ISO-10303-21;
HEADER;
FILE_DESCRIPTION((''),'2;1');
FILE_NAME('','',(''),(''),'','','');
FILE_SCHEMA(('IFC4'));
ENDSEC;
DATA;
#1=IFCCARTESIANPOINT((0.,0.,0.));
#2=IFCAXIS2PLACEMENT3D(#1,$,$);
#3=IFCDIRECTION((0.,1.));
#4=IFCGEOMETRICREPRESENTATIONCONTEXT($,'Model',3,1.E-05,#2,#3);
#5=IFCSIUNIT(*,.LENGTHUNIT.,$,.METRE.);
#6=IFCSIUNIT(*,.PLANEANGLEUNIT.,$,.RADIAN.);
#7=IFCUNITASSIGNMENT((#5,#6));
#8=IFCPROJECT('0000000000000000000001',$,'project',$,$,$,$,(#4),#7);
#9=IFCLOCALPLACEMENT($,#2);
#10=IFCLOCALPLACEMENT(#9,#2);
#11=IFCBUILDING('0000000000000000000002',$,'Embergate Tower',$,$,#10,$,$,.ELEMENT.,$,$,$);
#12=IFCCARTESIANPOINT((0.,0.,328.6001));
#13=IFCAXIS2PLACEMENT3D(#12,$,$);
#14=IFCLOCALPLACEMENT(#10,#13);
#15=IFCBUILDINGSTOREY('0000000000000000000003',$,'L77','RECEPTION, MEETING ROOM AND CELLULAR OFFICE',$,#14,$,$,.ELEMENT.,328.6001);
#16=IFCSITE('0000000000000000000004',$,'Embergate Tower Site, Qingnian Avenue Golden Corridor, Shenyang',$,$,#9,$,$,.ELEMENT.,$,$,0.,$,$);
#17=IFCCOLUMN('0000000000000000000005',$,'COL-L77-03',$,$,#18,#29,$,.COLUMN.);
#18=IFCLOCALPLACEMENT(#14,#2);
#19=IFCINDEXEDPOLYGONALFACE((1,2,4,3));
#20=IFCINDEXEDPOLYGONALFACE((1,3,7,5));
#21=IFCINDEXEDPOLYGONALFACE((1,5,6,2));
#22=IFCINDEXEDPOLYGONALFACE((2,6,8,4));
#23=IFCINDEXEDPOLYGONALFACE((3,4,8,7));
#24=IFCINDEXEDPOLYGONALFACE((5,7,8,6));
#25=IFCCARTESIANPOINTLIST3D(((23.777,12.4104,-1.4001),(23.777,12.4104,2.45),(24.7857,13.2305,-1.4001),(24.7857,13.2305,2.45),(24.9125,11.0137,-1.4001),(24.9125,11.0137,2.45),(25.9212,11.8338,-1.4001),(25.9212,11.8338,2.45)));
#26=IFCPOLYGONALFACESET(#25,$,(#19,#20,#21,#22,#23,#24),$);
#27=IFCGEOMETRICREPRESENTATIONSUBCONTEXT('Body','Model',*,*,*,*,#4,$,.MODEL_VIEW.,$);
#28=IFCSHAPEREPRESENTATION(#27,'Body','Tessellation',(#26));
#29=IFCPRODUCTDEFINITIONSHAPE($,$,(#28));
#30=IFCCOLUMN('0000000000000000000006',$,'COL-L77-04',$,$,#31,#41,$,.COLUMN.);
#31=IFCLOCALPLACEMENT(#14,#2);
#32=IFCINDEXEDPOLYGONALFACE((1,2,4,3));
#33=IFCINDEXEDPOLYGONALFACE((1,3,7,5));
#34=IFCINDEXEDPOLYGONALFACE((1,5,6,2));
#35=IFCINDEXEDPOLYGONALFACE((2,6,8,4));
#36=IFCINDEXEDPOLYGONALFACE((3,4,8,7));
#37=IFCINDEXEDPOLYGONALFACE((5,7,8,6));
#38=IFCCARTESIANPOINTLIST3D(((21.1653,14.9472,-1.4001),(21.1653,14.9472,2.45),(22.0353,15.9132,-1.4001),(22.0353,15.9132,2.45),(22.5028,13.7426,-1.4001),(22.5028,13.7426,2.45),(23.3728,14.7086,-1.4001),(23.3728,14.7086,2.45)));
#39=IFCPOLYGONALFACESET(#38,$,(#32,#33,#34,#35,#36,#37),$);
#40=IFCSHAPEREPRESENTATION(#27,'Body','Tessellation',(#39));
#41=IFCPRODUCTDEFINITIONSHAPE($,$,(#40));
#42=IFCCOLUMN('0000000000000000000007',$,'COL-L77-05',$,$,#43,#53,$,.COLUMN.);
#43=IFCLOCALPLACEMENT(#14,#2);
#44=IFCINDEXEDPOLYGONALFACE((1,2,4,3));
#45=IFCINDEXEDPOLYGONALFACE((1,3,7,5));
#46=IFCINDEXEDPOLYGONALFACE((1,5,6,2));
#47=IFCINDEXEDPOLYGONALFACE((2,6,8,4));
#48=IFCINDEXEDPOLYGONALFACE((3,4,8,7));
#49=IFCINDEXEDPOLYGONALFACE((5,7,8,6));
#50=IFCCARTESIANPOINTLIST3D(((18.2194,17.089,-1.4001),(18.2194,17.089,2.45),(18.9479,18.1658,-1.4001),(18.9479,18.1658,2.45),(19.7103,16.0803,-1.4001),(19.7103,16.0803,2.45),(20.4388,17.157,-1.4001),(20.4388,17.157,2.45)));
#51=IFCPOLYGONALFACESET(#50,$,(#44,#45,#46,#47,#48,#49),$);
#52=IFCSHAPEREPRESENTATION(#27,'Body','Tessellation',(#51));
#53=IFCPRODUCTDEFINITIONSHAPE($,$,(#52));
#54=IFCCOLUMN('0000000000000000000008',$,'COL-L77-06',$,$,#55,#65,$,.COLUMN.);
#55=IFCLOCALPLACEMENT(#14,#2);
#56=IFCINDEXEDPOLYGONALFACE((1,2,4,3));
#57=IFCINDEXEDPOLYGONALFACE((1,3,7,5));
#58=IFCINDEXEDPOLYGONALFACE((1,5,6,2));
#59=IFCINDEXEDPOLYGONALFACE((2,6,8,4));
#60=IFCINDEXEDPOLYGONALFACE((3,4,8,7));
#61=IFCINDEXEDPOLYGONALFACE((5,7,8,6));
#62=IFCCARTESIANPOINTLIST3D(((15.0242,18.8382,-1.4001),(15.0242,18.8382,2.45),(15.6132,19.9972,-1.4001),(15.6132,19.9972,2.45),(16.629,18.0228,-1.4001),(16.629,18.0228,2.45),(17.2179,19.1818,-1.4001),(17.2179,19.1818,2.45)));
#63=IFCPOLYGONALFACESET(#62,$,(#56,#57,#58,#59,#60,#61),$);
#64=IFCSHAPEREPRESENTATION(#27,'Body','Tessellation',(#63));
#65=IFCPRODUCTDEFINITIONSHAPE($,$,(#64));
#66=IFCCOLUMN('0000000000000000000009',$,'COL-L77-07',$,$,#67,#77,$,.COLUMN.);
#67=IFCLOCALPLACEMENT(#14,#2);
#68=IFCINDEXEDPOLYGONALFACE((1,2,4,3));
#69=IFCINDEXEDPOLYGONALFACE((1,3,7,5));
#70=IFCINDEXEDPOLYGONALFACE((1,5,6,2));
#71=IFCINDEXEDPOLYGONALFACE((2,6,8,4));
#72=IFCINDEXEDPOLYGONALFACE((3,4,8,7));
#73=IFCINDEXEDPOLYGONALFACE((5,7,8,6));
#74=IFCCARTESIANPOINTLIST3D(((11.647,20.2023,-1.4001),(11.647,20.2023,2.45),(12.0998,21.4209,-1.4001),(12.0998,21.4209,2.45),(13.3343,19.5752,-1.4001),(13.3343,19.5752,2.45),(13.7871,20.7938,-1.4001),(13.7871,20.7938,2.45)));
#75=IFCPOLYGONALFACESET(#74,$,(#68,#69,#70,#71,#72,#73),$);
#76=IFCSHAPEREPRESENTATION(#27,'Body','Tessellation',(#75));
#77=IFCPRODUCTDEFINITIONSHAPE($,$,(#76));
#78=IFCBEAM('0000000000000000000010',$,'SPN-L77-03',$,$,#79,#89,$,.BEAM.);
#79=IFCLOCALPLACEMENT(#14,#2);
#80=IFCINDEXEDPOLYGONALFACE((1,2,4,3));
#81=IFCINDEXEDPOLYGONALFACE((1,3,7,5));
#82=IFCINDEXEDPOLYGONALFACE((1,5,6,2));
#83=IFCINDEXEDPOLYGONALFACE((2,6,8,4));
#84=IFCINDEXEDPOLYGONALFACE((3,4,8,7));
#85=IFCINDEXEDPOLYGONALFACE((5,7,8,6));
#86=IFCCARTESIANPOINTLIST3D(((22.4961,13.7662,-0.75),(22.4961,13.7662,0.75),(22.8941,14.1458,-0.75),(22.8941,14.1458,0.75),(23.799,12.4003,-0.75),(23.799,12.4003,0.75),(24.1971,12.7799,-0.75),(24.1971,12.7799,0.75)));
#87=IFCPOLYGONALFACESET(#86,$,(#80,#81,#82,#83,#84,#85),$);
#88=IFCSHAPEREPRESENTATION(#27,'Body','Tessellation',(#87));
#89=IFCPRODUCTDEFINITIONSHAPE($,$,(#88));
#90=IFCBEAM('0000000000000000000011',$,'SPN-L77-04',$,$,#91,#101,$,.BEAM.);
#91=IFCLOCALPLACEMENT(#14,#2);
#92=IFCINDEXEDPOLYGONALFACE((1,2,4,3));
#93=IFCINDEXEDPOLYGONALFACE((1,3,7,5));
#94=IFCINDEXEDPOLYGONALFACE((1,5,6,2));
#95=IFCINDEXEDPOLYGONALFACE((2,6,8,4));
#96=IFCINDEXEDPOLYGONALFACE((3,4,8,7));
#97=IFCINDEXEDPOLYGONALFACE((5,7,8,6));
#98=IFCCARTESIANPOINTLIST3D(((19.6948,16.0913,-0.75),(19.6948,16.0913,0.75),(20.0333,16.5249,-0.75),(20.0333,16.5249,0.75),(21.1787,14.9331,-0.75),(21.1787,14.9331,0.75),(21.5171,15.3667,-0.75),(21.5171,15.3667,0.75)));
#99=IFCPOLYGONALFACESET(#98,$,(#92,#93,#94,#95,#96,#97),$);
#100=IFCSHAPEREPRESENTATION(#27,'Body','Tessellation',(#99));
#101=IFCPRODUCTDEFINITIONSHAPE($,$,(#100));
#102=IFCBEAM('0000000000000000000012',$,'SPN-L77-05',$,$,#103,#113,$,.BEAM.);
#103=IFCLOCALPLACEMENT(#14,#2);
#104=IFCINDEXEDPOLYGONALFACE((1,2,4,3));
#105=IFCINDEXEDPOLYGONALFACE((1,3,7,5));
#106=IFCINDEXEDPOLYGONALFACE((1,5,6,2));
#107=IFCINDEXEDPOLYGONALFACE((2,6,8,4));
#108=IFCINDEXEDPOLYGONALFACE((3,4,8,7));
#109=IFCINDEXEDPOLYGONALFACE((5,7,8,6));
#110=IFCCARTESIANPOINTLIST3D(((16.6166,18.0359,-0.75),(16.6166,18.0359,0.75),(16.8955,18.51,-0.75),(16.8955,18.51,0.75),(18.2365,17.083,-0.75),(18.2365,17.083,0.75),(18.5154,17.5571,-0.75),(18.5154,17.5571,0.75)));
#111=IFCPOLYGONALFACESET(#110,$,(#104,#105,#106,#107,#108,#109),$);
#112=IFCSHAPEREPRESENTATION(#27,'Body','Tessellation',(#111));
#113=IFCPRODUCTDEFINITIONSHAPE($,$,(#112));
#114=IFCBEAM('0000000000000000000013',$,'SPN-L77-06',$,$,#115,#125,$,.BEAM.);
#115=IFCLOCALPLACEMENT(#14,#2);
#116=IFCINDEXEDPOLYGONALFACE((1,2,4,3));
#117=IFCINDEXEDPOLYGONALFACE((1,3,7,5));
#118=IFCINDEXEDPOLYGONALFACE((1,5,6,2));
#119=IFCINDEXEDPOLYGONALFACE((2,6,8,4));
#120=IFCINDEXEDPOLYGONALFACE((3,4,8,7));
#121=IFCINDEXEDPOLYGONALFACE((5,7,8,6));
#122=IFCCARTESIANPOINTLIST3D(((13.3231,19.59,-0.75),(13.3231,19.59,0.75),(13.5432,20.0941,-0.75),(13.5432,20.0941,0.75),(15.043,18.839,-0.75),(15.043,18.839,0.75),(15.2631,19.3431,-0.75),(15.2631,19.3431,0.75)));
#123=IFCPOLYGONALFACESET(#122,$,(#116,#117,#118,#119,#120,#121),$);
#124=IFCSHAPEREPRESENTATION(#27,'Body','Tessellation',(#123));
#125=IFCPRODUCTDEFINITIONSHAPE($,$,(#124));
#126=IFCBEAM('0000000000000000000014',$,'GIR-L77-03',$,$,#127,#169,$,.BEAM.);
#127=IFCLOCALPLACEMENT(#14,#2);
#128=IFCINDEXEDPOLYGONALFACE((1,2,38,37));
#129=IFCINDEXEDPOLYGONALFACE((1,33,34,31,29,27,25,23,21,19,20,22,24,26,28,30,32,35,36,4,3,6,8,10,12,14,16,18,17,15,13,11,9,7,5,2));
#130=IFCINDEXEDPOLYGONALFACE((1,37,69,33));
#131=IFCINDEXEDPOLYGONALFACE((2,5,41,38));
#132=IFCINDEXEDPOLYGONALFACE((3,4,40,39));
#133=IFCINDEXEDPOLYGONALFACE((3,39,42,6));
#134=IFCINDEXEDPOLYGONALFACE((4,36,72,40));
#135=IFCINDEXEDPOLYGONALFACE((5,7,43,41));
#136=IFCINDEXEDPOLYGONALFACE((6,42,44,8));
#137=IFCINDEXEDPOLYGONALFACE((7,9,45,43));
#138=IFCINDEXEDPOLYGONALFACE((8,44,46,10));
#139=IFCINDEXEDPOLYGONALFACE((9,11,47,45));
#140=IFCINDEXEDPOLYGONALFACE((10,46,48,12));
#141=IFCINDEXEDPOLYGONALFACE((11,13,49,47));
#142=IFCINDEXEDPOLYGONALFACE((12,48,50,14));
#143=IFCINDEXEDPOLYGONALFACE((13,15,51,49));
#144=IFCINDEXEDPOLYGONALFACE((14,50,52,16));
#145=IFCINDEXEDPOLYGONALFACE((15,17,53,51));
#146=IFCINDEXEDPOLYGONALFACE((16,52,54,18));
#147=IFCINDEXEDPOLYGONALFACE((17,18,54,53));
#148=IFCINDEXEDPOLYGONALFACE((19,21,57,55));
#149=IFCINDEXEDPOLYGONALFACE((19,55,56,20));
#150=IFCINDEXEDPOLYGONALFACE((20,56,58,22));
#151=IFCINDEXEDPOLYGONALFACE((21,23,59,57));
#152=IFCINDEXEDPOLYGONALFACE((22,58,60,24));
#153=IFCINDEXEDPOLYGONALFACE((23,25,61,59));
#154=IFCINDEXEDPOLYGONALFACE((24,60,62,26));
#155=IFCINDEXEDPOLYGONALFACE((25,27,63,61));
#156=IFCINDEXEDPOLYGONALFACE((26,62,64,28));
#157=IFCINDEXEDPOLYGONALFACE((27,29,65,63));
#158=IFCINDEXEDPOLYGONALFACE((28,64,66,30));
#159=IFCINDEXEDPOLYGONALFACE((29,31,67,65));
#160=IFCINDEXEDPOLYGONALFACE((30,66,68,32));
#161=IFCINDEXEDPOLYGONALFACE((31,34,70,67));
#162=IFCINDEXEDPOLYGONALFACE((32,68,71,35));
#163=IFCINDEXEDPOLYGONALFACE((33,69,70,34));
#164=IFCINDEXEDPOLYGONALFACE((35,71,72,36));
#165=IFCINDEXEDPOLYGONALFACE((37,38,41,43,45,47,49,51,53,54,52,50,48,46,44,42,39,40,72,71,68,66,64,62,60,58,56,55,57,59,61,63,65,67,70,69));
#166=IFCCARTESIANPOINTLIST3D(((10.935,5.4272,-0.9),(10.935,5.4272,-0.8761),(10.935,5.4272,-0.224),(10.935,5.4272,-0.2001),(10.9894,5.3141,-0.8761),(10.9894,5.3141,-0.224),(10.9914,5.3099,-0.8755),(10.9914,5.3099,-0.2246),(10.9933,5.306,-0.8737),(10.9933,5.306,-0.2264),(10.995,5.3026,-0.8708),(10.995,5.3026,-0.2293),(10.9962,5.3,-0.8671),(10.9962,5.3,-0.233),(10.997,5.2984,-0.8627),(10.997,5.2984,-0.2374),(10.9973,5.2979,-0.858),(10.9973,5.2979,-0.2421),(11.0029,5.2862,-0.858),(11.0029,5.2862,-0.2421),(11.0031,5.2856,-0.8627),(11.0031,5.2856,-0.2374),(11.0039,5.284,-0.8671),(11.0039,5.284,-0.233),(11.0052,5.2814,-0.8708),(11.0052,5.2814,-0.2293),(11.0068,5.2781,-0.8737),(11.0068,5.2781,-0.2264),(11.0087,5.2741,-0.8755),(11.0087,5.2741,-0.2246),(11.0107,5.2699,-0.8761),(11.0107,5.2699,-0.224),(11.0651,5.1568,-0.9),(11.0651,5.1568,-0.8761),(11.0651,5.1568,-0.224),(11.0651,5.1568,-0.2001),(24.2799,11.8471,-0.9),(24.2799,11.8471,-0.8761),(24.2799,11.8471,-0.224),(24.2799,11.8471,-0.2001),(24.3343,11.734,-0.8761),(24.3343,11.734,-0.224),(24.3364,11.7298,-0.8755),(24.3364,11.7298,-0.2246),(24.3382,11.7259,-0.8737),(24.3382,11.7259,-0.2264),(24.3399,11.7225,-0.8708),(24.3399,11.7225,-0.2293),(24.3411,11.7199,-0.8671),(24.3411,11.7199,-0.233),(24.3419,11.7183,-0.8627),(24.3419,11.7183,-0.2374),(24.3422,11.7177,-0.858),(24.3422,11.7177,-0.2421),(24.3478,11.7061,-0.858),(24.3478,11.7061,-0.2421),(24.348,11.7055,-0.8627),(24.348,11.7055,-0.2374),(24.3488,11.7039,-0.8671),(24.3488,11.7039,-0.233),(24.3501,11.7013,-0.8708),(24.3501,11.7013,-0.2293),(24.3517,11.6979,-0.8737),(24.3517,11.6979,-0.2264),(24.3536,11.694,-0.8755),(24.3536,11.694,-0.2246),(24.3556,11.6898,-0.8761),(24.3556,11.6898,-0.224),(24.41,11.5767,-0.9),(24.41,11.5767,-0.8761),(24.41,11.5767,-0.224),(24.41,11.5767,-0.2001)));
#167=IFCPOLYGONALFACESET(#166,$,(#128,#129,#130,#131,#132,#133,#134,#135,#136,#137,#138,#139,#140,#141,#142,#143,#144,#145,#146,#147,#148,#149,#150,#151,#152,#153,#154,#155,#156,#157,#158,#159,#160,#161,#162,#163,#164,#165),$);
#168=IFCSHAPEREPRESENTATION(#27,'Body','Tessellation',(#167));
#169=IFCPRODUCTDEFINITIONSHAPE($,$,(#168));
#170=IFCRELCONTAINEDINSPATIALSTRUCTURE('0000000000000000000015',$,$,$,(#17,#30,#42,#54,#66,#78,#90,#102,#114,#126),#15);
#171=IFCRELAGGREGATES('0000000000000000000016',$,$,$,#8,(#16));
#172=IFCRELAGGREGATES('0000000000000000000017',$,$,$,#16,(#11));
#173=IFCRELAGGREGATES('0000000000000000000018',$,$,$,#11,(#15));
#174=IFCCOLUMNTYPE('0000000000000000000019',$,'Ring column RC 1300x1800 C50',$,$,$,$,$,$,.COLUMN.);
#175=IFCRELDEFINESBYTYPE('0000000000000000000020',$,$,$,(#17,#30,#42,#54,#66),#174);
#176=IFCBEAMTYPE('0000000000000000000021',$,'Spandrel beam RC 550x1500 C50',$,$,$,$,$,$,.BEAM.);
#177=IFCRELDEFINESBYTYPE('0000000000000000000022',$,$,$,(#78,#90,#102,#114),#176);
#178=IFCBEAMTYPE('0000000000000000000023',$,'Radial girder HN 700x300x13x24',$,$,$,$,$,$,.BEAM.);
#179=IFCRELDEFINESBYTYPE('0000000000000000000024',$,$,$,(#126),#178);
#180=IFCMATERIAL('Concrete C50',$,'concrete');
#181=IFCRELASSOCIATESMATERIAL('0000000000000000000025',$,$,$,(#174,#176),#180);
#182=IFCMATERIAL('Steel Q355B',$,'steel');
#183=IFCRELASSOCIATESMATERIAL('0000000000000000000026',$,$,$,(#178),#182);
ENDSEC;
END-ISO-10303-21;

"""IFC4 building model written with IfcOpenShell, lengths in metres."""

from ifc_helpers import new_model, si_unit, direction, frame, origin, origin_2d, place, context, subcontext, project, spatial, rectangle, i_section, extrude, source, transform, mapped, material, material_profile, profile_set, type_object, element, save


model = new_model("IFC4")

# Units and contexts
model_context = context("Model", 3, precision=1e-05, world=origin(), true_north=direction((0.0, 1.0)))
body_context = subcontext(model_context, "Body", "Model", "MODEL_VIEW")
ifc_project = project(units=[si_unit("LENGTHUNIT", "METRE"), si_unit("PLANEANGLEUNIT", "RADIAN")], contexts=[model_context])

# Site, building, storey
site_placement = place(None, origin())
site = spatial("IfcSite", under=ifc_project, at=site_placement, Name="Embergate Tower Site, Qingnian Avenue Golden Corridor, Shenyang", CompositionType="ELEMENT", RefElevation=0.0)
building_placement = place(site_placement, origin())
building = spatial("IfcBuilding", under=site, at=building_placement, Name="Embergate Tower", CompositionType="ELEMENT")
storey_placement = place(building_placement, frame((0.0, 0.0, 328.6001)))
storey = spatial("IfcBuildingStorey", under=building, at=storey_placement, Name="L77", Description="RECEPTION, MEETING ROOM AND CELLULAR OFFICE", CompositionType="ELEMENT", Elevation=328.6001)

# Columns
ifc_material_1 = material(Name="Concrete C50", Category="concrete")
ifc_material_profile_1 = material_profile(ifc_material_1, rectangle(XDim=1.3, YDim=1.8, at=origin_2d()), Name="RC 1300x1800")
ifc_profile_set_1 = profile_set([ifc_material_profile_1], Name="Concrete C50")
column_type = type_object("IfcColumnType", Name="Ring column RC 1300x1800 C50", PredefinedType="COLUMN", material=ifc_profile_set_1)
shared_shape_1 = source(origin(), body_context, "Body", "SweptSolid", [
    extrude(rectangle(XDim=1.3, YDim=1.8, at=origin_2d()), origin(), (0.0, 0.0, 1.0), 3.8501),
])
for number, where, z_axis, x_axis, name in (
    (1, (24.8491, 12.1221, -1.4001), (0.0, 0.0, 1.0), (0.775925, 0.630825, 0.0), "COL-L77-03"),
    (2, (22.269, 14.8279, -1.4001), (0.0, 0.0, 1.0), (0.669221, 0.743063, 0.0), "COL-L77-04"),
    (3, (19.3291, 17.123, -1.4001), (0.0, 0.0, 1.0), (0.560393, 0.828227, 0.0), "COL-L77-05"),
    (4, (16.1211, 19.01, -1.4001), (0.0, 0.0, 1.0), (0.453011, 0.891505, 0.0), "COL-L77-06"),
    (5, (12.717, 20.498, -1.4001), (0.0, 0.0, 1.0), (0.348343, 0.937367, 0.0), "COL-L77-07"),
):
    element("IfcColumn", number, at=place(storey_placement, frame(where, z_axis=z_axis, x_axis=x_axis)), inside=storey, type_object=column_type, Name=name, PredefinedType="COLUMN", context=body_context, shape_type="MappedRepresentation", body=[
        mapped(shared_shape_1, transform((0.0, 0.0, 0.0))),
    ])

# Beams
ifc_material_profile_2 = material_profile(ifc_material_1, rectangle(XDim=0.55, YDim=1.5, at=origin_2d()), Name="RC 550x1500")
ifc_profile_set_2 = profile_set([ifc_material_profile_2], Name="Concrete C50")
beam_type_1 = type_object("IfcBeamType", Name="Spandrel beam RC 550x1500 C50", PredefinedType="BEAM", material=ifc_profile_set_2)
shared_shape_2 = source(origin(), body_context, "Body", "SweptSolid", [
    extrude(rectangle(XDim=0.55, YDim=1.5, at=origin_2d()), origin(), (0.0, 0.0, 1.0), 1.8877),
])
beam_1_placement = place(storey_placement, frame((23.998, 12.5901, 0.0), z_axis=(-0.690227, 0.723593, 0.0), x_axis=(-0.723593, -0.690227, 0.0)))
element("IfcBeam", 6, at=beam_1_placement, inside=storey, type_object=beam_type_1, Name="SPN-L77-03", PredefinedType="BEAM", context=body_context, shape_type="MappedRepresentation", body=[
    mapped(shared_shape_2, transform((0.0, 0.0, 0.0))),
])
shared_shape_3 = source(origin(), body_context, "Body", "SweptSolid", [
    extrude(rectangle(XDim=0.55, YDim=1.5, at=origin_2d()), origin(), (0.0, 0.0, 1.0), 1.8823),
])
beam_2_placement = place(storey_placement, frame((21.3479, 15.1499, 0.0), z_axis=(-0.788304, 0.615287, 0.0), x_axis=(-0.615287, -0.788304, 0.0)))
element("IfcBeam", 7, at=beam_2_placement, inside=storey, type_object=beam_type_1, Name="SPN-L77-04", PredefinedType="BEAM", context=body_context, shape_type="MappedRepresentation", body=[
    mapped(shared_shape_3, transform((0.0, 0.0, 0.0))),
])
shared_shape_4 = source(origin(), body_context, "Body", "SweptSolid", [
    extrude(rectangle(XDim=0.55, YDim=1.5, at=origin_2d()), origin(), (0.0, 0.0, 1.0), 1.8794),
])
beam_3_placement = place(storey_placement, frame((18.376, 17.3201, 0.0), z_axis=(-0.861931, 0.507026, 0.0), x_axis=(-0.507026, -0.861931, 0.0)))
element("IfcBeam", 8, at=beam_3_placement, inside=storey, type_object=beam_type_1, Name="SPN-L77-05", PredefinedType="BEAM", context=body_context, shape_type="MappedRepresentation", body=[
    mapped(shared_shape_4, transform((0.0, 0.0, 0.0))),
])
shared_shape_5 = source(origin(), body_context, "Body", "SweptSolid", [
    extrude(rectangle(XDim=0.55, YDim=1.5, at=origin_2d()), origin(), (0.0, 0.0, 1.0), 1.8767),
])
beam_4_placement = place(storey_placement, frame((15.1531, 19.0911, 0.0), z_axis=(-0.916453, 0.400143, 0.0), x_axis=(-0.400143, -0.916453, 0.0)))
element("IfcBeam", 9, at=beam_4_placement, inside=storey, type_object=beam_type_1, Name="SPN-L77-06", PredefinedType="BEAM", context=body_context, shape_type="MappedRepresentation", body=[
    mapped(shared_shape_5, transform((0.0, 0.0, 0.0))),
])
ifc_material_2 = material(Name="Steel Q355B", Category="steel")
ifc_material_profile_3 = material_profile(ifc_material_2, i_section(OverallWidth=0.3, OverallDepth=0.7, WebThickness=0.0129, FlangeThickness=0.0239, FilletRadius=0.0181, at=origin_2d()), Name="HN 700x300x13x24")
ifc_profile_set_3 = profile_set([ifc_material_profile_3], Name="Steel Q355 grade B")
beam_type_2 = type_object("IfcBeamType", Name="Radial girder HN 700x300x13x24", PredefinedType="BEAM", material=ifc_profile_set_3)
shared_shape_6 = source(origin(), body_context, "Body", "SweptSolid", [
    extrude(i_section(OverallWidth=0.3, OverallDepth=0.7, WebThickness=0.0129, FlangeThickness=0.0239, FilletRadius=0.0181, at=origin_2d()), origin(), (0.0, 0.0, 1.0), 14.8088),
])
beam_5_placement = place(storey_placement, frame((24.345, 11.7119, -0.55), z_axis=(-0.901145, -0.433518, 0.0), x_axis=(0.433518, -0.901145, 0.0)))
element("IfcBeam", 10, at=beam_5_placement, inside=storey, type_object=beam_type_2, Name="GIR-L77-03", PredefinedType="BEAM", context=body_context, shape_type="MappedRepresentation", body=[
    mapped(shared_shape_6, transform((0.0, 0.0, 0.0))),
])

save(model, "model.ifc")
